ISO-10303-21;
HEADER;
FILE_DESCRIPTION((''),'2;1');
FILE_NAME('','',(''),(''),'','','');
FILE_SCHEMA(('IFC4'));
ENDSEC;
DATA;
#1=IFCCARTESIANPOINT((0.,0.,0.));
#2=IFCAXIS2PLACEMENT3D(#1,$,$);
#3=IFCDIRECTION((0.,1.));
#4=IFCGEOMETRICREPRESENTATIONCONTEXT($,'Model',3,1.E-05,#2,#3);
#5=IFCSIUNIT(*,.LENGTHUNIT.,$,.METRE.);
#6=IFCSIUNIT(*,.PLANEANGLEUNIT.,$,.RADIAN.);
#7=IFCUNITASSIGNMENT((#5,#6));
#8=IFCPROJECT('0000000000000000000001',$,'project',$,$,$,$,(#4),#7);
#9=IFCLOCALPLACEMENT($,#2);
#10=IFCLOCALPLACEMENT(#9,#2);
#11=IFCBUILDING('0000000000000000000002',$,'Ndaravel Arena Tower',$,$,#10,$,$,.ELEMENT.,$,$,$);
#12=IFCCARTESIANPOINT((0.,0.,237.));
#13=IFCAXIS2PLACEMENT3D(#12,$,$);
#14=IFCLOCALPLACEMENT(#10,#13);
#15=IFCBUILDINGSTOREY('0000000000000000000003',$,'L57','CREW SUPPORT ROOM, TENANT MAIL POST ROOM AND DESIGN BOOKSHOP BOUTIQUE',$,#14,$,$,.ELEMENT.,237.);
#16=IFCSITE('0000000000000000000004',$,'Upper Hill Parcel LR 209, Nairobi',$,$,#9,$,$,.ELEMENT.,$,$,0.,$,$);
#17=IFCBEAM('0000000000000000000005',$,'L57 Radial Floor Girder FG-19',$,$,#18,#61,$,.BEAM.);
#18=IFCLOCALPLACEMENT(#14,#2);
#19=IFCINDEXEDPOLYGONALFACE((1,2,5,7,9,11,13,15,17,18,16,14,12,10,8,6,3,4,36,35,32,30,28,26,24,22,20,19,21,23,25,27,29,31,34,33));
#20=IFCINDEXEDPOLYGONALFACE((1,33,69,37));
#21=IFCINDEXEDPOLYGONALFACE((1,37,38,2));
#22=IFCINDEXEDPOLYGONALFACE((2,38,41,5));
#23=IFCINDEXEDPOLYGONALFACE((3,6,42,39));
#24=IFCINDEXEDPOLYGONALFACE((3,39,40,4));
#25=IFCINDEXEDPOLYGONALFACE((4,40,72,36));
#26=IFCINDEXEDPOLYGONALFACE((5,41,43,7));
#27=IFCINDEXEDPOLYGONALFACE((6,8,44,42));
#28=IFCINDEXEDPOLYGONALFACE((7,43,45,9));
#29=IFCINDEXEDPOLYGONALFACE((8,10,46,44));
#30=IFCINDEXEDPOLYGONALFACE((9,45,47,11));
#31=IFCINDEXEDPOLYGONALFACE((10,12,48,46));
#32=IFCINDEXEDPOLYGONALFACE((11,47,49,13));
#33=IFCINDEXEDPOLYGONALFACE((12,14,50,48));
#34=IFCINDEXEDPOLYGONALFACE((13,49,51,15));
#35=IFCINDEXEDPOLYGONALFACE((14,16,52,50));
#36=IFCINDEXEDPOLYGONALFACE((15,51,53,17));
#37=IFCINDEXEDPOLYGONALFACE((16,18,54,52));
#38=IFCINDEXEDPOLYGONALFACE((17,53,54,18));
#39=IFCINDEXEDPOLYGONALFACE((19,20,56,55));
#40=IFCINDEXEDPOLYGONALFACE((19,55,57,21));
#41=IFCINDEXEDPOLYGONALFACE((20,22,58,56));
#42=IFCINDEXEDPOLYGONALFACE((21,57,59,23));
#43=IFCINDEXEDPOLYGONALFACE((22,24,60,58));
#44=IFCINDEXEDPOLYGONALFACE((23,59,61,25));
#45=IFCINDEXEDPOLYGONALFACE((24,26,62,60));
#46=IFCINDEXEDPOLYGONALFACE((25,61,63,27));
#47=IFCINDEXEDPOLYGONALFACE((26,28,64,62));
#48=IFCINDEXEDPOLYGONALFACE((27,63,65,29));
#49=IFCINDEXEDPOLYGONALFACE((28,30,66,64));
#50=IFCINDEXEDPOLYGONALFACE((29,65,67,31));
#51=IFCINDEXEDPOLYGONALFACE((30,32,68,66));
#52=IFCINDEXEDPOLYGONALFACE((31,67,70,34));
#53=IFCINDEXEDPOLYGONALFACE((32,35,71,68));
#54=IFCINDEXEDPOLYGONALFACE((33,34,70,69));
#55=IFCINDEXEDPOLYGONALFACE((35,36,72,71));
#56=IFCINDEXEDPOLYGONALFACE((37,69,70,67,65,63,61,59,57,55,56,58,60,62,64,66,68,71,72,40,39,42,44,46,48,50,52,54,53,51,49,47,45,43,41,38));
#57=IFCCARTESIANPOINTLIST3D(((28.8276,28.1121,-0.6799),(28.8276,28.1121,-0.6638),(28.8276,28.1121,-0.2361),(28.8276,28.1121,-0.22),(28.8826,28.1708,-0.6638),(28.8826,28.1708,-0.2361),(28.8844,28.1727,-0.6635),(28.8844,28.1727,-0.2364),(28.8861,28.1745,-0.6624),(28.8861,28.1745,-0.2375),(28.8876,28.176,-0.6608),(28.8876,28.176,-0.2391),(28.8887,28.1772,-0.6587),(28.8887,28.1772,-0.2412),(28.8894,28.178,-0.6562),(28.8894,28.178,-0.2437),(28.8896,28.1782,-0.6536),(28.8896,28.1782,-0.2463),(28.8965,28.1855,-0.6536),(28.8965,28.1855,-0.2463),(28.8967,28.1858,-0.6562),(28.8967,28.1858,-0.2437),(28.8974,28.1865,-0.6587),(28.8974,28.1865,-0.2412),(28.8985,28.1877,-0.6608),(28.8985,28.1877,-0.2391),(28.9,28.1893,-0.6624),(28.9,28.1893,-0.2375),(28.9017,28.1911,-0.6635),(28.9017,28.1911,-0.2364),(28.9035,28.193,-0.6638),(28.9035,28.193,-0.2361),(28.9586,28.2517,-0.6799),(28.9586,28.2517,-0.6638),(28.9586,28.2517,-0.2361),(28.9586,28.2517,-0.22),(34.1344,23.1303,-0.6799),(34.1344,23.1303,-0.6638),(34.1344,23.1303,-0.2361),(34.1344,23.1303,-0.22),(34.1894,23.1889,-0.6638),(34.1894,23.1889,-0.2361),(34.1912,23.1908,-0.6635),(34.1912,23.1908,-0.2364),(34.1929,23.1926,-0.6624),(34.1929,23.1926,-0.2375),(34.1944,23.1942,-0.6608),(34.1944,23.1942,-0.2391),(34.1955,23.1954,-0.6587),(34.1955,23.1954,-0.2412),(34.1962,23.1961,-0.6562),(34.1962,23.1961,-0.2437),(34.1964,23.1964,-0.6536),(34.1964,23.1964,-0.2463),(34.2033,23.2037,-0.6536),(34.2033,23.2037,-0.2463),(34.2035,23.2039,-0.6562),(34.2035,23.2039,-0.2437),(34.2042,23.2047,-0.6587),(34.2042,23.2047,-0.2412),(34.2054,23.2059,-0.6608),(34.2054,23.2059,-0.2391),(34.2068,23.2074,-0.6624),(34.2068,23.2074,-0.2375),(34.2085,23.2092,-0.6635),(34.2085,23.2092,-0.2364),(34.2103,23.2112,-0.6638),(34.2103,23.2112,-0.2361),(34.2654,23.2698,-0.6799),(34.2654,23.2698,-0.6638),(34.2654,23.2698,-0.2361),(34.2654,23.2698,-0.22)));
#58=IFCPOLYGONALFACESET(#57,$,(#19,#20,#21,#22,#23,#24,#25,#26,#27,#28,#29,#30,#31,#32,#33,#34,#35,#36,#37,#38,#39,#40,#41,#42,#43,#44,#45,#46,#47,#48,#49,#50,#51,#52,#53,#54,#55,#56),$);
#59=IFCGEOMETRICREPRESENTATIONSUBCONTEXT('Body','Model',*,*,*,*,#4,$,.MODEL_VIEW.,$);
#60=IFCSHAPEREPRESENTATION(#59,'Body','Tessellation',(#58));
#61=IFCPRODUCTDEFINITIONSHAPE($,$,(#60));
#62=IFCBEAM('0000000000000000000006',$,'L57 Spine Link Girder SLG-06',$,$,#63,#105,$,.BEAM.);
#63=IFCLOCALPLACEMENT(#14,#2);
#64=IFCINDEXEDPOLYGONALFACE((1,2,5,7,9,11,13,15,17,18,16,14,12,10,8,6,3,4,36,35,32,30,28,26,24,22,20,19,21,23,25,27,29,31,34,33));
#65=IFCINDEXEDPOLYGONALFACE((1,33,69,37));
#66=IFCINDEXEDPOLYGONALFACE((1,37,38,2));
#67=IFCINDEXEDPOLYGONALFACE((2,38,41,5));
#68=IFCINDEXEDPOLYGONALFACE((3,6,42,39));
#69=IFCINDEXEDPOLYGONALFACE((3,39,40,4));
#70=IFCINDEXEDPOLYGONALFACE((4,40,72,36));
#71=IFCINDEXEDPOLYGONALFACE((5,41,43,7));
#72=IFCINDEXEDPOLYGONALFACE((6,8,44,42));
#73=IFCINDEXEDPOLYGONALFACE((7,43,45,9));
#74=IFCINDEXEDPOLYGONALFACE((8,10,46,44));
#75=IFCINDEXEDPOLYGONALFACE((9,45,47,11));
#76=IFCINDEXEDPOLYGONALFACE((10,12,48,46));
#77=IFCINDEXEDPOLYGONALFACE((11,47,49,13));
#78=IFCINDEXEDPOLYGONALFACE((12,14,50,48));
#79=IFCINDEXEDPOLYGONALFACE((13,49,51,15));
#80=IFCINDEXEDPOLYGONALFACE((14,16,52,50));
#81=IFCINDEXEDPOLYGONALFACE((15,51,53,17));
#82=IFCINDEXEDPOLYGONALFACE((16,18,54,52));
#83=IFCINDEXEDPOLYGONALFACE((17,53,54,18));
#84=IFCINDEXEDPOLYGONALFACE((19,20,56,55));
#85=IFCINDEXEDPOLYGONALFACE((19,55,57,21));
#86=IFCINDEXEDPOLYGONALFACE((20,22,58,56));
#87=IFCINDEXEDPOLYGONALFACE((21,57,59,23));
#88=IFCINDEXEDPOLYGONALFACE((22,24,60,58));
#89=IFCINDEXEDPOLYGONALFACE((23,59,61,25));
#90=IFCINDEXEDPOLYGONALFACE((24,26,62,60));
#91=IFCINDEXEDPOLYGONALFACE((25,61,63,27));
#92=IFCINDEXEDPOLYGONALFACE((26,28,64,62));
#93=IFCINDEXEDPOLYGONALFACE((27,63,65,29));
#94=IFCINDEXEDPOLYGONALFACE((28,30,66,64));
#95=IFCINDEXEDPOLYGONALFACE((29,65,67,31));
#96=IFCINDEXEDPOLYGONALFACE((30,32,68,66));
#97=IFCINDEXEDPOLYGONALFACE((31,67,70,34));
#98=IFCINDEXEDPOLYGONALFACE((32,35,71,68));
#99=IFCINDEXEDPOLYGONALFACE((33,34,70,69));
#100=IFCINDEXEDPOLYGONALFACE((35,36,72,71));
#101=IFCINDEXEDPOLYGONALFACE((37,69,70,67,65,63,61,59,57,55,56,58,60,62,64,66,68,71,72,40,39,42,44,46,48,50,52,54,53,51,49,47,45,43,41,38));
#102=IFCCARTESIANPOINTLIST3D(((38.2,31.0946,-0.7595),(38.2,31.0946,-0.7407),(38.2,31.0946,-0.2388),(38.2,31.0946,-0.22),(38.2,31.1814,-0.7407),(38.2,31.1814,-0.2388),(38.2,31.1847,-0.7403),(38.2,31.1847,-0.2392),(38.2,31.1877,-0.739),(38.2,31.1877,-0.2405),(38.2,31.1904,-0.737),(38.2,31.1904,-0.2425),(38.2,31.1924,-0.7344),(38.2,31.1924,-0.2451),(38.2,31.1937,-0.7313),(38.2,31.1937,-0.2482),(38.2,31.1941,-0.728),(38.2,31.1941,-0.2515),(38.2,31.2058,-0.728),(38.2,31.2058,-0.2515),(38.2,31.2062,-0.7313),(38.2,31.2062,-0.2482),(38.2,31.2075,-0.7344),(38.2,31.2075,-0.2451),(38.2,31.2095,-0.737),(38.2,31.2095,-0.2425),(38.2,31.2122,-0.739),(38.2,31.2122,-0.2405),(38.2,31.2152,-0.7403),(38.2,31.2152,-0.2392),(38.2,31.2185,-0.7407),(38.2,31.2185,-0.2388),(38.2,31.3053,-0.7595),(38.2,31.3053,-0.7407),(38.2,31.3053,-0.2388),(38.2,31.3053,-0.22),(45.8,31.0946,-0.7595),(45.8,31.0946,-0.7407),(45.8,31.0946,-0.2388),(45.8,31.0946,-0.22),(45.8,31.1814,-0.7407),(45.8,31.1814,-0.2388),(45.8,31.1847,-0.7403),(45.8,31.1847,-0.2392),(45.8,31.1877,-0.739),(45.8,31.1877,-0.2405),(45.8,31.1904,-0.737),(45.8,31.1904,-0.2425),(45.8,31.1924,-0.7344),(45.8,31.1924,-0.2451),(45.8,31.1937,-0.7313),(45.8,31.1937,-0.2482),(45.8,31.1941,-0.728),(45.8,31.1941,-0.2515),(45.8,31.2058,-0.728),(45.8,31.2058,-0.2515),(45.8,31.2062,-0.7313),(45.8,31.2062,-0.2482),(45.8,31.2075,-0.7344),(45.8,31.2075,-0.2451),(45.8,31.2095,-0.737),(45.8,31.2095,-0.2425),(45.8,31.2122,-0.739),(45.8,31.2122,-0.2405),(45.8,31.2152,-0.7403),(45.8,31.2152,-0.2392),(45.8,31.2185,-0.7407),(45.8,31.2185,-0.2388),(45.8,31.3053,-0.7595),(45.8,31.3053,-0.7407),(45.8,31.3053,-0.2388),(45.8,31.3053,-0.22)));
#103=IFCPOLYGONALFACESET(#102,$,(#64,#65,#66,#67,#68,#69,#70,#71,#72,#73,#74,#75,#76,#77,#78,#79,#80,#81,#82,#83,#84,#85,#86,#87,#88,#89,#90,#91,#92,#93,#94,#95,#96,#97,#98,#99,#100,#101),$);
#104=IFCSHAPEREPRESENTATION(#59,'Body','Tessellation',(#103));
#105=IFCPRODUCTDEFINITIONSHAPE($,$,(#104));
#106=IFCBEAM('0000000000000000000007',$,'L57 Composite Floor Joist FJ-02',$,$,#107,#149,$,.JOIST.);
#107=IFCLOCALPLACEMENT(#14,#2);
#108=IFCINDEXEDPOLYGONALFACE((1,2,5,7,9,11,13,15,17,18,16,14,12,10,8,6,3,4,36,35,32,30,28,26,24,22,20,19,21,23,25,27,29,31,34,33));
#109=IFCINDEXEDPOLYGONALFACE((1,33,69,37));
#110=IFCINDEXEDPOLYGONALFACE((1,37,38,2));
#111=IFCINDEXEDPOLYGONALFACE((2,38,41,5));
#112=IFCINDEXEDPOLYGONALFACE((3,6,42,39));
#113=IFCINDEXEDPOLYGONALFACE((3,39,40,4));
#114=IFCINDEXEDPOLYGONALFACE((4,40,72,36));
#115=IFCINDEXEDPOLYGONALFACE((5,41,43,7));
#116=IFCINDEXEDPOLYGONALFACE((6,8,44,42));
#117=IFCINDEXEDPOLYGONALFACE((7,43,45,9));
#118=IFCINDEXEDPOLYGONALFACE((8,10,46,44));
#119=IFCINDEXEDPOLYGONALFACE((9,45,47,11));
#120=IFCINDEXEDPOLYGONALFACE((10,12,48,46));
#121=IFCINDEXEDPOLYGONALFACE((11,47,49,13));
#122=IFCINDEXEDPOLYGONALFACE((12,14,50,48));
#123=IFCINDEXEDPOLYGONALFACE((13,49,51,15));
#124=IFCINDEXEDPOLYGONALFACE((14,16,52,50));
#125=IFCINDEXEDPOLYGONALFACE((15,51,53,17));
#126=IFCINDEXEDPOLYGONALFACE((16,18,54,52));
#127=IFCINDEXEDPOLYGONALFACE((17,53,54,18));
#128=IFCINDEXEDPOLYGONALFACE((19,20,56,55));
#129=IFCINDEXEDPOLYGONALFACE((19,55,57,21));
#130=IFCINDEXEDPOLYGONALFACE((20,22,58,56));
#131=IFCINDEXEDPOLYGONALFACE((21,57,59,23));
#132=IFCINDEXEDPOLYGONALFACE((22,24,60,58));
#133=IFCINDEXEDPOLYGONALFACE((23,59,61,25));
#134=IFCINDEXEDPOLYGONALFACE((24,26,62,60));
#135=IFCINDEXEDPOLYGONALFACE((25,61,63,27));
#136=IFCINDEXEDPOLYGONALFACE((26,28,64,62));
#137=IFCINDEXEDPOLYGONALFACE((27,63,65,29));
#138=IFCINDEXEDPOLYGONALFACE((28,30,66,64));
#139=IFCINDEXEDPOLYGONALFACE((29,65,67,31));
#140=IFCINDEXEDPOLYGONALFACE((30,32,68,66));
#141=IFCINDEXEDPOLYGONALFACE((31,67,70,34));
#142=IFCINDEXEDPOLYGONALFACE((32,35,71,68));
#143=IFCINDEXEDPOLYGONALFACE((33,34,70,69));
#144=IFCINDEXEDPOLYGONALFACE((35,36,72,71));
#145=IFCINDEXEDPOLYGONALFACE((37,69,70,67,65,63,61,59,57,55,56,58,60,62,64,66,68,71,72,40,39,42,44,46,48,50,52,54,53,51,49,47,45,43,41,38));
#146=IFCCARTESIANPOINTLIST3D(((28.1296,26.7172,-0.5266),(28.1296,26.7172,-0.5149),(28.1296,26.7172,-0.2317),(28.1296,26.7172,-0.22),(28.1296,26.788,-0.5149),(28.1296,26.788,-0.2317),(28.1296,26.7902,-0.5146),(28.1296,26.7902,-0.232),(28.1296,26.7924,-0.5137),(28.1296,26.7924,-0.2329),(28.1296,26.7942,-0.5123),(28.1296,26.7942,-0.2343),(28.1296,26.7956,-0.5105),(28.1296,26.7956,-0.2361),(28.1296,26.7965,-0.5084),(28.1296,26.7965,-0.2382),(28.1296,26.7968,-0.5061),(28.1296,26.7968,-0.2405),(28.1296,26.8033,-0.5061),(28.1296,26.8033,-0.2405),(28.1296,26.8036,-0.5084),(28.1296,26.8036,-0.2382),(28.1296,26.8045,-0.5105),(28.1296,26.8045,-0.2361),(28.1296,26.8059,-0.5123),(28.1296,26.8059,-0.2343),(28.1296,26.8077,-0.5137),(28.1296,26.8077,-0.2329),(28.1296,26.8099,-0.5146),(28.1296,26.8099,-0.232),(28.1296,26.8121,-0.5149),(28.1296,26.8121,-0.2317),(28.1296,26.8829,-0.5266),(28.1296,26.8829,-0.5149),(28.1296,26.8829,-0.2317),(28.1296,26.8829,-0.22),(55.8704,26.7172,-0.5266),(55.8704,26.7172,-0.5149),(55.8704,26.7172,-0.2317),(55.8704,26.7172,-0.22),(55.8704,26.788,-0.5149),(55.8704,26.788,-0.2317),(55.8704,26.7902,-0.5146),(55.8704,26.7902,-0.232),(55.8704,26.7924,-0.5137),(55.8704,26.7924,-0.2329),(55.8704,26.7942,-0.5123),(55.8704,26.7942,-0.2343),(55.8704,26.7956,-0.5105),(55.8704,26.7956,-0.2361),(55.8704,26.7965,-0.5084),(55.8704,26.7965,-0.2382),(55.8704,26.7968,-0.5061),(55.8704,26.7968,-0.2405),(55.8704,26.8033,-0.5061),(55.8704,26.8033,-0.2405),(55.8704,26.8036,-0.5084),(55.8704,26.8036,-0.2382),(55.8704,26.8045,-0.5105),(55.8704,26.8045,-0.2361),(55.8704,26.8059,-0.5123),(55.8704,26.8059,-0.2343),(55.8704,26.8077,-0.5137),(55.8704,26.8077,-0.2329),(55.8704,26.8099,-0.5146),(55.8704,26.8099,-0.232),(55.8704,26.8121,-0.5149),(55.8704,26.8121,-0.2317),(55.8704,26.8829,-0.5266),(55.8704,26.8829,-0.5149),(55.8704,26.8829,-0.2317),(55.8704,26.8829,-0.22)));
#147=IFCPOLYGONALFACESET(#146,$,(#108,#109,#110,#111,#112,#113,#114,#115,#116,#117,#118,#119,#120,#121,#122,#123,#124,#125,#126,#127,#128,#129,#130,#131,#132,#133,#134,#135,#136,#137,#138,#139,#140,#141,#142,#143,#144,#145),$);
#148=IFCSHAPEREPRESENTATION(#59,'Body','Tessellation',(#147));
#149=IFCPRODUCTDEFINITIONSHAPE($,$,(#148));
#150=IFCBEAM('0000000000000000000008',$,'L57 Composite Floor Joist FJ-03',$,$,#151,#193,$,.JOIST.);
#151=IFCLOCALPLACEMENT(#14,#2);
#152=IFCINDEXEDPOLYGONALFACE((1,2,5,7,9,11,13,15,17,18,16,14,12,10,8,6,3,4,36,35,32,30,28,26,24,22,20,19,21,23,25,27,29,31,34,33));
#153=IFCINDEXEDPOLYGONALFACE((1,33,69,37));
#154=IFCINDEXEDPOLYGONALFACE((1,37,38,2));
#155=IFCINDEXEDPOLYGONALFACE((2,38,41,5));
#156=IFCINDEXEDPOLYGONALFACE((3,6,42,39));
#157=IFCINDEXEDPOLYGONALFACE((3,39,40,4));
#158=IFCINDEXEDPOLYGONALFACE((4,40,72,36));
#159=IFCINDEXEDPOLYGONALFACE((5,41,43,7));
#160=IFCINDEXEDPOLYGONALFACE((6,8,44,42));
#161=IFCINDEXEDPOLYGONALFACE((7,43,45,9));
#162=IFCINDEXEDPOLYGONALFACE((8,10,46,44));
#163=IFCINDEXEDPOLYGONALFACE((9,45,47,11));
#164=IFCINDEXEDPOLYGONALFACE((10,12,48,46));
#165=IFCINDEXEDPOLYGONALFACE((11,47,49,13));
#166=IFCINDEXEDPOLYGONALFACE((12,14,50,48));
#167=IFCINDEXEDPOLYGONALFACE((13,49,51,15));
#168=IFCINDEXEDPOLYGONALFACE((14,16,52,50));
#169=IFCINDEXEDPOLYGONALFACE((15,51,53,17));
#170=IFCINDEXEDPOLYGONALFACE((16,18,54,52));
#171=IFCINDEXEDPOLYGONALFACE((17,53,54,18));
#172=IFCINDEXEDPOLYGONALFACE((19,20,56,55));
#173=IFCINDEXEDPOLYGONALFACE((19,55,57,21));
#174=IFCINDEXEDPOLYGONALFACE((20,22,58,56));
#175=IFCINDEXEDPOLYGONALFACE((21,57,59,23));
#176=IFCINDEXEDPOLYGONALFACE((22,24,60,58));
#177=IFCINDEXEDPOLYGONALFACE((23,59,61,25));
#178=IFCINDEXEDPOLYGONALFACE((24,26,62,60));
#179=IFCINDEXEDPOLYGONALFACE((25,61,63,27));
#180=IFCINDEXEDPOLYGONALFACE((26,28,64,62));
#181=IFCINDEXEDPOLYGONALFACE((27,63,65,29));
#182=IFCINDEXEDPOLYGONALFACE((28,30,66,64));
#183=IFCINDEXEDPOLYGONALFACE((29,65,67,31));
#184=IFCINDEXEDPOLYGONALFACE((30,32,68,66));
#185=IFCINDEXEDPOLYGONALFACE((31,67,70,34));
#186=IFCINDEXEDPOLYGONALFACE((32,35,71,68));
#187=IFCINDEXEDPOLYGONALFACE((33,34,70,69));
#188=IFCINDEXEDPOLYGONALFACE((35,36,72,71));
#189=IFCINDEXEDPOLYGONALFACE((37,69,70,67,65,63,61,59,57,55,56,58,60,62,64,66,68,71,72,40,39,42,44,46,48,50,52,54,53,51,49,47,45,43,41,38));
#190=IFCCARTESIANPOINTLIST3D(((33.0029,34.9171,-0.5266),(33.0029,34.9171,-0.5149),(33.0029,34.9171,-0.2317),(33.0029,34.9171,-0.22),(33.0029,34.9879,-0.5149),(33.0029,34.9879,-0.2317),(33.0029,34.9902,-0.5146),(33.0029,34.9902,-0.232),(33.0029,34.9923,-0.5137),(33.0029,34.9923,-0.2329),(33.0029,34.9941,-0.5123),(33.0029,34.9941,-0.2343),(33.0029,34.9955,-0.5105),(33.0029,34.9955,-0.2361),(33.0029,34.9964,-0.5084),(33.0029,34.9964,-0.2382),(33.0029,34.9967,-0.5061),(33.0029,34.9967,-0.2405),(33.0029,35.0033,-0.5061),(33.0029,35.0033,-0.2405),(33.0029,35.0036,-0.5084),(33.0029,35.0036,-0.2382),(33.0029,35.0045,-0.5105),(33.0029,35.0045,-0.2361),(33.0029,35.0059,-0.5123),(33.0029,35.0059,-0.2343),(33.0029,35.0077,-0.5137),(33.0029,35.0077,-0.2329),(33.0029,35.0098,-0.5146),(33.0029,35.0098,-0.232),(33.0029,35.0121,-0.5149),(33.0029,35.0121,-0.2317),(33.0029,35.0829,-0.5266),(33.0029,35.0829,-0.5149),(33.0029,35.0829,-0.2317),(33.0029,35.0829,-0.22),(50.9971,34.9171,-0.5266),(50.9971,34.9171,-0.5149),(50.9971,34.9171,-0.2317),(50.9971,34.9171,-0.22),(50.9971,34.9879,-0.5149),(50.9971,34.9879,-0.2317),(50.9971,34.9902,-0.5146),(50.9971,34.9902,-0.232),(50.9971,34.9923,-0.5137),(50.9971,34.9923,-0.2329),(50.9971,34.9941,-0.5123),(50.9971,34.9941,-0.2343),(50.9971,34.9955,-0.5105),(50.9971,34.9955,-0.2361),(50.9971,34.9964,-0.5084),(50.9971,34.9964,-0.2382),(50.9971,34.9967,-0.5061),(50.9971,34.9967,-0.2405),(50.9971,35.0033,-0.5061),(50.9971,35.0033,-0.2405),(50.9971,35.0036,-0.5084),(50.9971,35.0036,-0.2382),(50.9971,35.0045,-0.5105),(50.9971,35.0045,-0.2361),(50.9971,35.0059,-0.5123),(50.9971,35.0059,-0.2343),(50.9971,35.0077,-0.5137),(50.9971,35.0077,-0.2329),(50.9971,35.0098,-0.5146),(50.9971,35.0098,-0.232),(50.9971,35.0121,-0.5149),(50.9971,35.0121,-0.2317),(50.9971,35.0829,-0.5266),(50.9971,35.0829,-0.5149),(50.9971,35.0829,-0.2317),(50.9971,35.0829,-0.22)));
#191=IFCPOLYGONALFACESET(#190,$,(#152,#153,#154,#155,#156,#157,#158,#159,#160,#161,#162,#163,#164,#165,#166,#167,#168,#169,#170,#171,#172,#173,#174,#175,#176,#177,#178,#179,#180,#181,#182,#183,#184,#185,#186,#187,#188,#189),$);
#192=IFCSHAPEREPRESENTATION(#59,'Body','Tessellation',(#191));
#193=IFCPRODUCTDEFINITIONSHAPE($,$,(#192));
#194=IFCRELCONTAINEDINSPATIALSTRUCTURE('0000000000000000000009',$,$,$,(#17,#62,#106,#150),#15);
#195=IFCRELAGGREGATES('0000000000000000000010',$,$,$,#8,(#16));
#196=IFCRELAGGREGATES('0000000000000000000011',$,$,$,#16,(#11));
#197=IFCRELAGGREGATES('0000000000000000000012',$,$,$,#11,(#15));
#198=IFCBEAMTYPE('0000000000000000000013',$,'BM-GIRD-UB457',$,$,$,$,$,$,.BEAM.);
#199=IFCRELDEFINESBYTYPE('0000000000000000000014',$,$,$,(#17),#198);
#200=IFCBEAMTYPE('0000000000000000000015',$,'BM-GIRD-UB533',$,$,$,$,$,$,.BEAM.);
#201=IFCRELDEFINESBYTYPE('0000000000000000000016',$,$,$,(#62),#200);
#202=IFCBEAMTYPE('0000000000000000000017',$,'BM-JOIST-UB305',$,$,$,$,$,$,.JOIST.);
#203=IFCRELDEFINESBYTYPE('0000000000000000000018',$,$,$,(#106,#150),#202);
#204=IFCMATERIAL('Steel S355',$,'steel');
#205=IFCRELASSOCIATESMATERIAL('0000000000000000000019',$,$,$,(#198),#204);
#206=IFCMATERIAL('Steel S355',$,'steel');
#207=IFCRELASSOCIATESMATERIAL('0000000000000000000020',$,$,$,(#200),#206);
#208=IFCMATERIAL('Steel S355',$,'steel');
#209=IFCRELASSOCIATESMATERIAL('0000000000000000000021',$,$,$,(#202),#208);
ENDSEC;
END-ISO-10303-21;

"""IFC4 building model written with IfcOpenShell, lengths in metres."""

from ifc_helpers import new_model, si_unit, direction, frame, origin, origin_2d, place, context, subcontext, project, spatial, i_section, extrude, material, material_profile, profile_set, type_object, element, save


model = new_model("IFC4")

# Units and contexts
model_context = context("Model", 3, precision=1e-05, world=origin(), true_north=direction((0.0, 1.0)))
body_context = subcontext(model_context, "Body", "Model", "MODEL_VIEW")
ifc_project = project(units=[si_unit("LENGTHUNIT", "METRE"), si_unit("PLANEANGLEUNIT", "RADIAN")], contexts=[model_context])

# Site, building, storey
site_placement = place(None, origin())
site = spatial("IfcSite", under=ifc_project, at=site_placement, Name="Upper Hill Parcel LR 209, Nairobi", CompositionType="ELEMENT", RefElevation=0.0)
building_placement = place(site_placement, origin())
building = spatial("IfcBuilding", under=site, at=building_placement, Name="Ndaravel Arena Tower", CompositionType="ELEMENT")
storey_placement = place(building_placement, frame((0.0, 0.0, 237.0)))
storey = spatial("IfcBuildingStorey", under=building, at=storey_placement, Name="L57", Description="CREW SUPPORT ROOM, TENANT MAIL POST ROOM AND DESIGN BOOKSHOP BOUTIQUE", CompositionType="ELEMENT", Elevation=237.0)

# Beams
ifc_material_1 = material(Name="Steel S355", Category="steel")
ifc_material_profile_1 = material_profile(ifc_material_1, i_section(OverallWidth=0.1914, OverallDepth=0.46, WebThickness=0.01, FlangeThickness=0.0161, FilletRadius=0.0103, at=origin_2d()), Name="UB 457x191x82")
ifc_profile_set_1 = profile_set([ifc_material_profile_1], Name="Steel S355")
beam_type_1 = type_object("IfcBeamType", Name="BM-GIRD-UB457", PredefinedType="BEAM", material=ifc_profile_set_1)
beam_1_placement = place(storey_placement, frame((28.8931, 28.1819, -0.45), z_axis=(0.729076, -0.684433, 0.0), x_axis=(0.684433, 0.729076, 0.0)))
element("IfcBeam", 1, at=beam_1_placement, inside=storey, type_object=beam_type_1, Name="L57 Radial Floor Girder FG-19", PredefinedType="BEAM", context=body_context, shape_type="SweptSolid", body=[
    extrude(i_section(OverallWidth=0.1914, OverallDepth=0.46, WebThickness=0.01, FlangeThickness=0.0161, FilletRadius=0.0103, at=origin_2d()), origin(), (0.0, 0.0, 1.0), 7.2788),
])
ifc_material_2 = material(Name="Steel S355", Category="steel")
ifc_material_profile_2 = material_profile(ifc_material_2, i_section(OverallWidth=0.2107, OverallDepth=0.5396, WebThickness=0.0117, FlangeThickness=0.0188, FilletRadius=0.0127, at=origin_2d()), Name="UB 533x210x109")
ifc_profile_set_2 = profile_set([ifc_material_profile_2], Name="Steel S355")
beam_type_2 = type_object("IfcBeamType", Name="BM-GIRD-UB533", PredefinedType="BEAM", material=ifc_profile_set_2)
beam_2_placement = place(storey_placement, frame((38.2, 31.2, -0.4897), z_axis=(1.0, 0.0, 0.0), x_axis=(0.0, 1.0, 0.0)))
element("IfcBeam", 2, at=beam_2_placement, inside=storey, type_object=beam_type_2, Name="L57 Spine Link Girder SLG-06", PredefinedType="BEAM", context=body_context, shape_type="SweptSolid", body=[
    extrude(i_section(OverallWidth=0.2107, OverallDepth=0.5396, WebThickness=0.0117, FlangeThickness=0.0188, FilletRadius=0.0127, at=origin_2d()), origin(), (0.0, 0.0, 1.0), 7.6001),
])
ifc_material_3 = material(Name="Steel S355", Category="steel")
ifc_material_profile_3 = material_profile(ifc_material_3, i_section(OverallWidth=0.1658, OverallDepth=0.3066, WebThickness=0.0066, FlangeThickness=0.0117, FilletRadius=0.0088, at=origin_2d()), Name="UB 305x165x46")
ifc_profile_set_3 = profile_set([ifc_material_profile_3], Name="Steel S355")
beam_type_3 = type_object("IfcBeamType", Name="BM-JOIST-UB305", PredefinedType="JOIST", material=ifc_profile_set_3)
beam_3_placement = place(storey_placement, frame((28.1296, 26.8, -0.3733), z_axis=(1.0, 0.0, 0.0), x_axis=(0.0, 1.0, 0.0)))
element("IfcBeam", 3, at=beam_3_placement, inside=storey, type_object=beam_type_3, Name="L57 Composite Floor Joist FJ-02", PredefinedType="JOIST", context=body_context, shape_type="SweptSolid", body=[
    extrude(i_section(OverallWidth=0.1658, OverallDepth=0.3066, WebThickness=0.0066, FlangeThickness=0.0117, FilletRadius=0.0088, at=origin_2d()), origin(), (0.0, 0.0, 1.0), 27.7407),
])
beam_4_placement = place(storey_placement, frame((33.0029, 35.0, -0.3733), z_axis=(1.0, 0.0, 0.0), x_axis=(0.0, 1.0, 0.0)))
element("IfcBeam", 4, at=beam_4_placement, inside=storey, type_object=beam_type_3, Name="L57 Composite Floor Joist FJ-03", PredefinedType="JOIST", context=body_context, shape_type="SweptSolid", body=[
    extrude(i_section(OverallWidth=0.1658, OverallDepth=0.3066, WebThickness=0.0066, FlangeThickness=0.0117, FilletRadius=0.0088, at=origin_2d()), origin(), (0.0, 0.0, 1.0), 17.9941),
])

save(model, "model.ifc")
